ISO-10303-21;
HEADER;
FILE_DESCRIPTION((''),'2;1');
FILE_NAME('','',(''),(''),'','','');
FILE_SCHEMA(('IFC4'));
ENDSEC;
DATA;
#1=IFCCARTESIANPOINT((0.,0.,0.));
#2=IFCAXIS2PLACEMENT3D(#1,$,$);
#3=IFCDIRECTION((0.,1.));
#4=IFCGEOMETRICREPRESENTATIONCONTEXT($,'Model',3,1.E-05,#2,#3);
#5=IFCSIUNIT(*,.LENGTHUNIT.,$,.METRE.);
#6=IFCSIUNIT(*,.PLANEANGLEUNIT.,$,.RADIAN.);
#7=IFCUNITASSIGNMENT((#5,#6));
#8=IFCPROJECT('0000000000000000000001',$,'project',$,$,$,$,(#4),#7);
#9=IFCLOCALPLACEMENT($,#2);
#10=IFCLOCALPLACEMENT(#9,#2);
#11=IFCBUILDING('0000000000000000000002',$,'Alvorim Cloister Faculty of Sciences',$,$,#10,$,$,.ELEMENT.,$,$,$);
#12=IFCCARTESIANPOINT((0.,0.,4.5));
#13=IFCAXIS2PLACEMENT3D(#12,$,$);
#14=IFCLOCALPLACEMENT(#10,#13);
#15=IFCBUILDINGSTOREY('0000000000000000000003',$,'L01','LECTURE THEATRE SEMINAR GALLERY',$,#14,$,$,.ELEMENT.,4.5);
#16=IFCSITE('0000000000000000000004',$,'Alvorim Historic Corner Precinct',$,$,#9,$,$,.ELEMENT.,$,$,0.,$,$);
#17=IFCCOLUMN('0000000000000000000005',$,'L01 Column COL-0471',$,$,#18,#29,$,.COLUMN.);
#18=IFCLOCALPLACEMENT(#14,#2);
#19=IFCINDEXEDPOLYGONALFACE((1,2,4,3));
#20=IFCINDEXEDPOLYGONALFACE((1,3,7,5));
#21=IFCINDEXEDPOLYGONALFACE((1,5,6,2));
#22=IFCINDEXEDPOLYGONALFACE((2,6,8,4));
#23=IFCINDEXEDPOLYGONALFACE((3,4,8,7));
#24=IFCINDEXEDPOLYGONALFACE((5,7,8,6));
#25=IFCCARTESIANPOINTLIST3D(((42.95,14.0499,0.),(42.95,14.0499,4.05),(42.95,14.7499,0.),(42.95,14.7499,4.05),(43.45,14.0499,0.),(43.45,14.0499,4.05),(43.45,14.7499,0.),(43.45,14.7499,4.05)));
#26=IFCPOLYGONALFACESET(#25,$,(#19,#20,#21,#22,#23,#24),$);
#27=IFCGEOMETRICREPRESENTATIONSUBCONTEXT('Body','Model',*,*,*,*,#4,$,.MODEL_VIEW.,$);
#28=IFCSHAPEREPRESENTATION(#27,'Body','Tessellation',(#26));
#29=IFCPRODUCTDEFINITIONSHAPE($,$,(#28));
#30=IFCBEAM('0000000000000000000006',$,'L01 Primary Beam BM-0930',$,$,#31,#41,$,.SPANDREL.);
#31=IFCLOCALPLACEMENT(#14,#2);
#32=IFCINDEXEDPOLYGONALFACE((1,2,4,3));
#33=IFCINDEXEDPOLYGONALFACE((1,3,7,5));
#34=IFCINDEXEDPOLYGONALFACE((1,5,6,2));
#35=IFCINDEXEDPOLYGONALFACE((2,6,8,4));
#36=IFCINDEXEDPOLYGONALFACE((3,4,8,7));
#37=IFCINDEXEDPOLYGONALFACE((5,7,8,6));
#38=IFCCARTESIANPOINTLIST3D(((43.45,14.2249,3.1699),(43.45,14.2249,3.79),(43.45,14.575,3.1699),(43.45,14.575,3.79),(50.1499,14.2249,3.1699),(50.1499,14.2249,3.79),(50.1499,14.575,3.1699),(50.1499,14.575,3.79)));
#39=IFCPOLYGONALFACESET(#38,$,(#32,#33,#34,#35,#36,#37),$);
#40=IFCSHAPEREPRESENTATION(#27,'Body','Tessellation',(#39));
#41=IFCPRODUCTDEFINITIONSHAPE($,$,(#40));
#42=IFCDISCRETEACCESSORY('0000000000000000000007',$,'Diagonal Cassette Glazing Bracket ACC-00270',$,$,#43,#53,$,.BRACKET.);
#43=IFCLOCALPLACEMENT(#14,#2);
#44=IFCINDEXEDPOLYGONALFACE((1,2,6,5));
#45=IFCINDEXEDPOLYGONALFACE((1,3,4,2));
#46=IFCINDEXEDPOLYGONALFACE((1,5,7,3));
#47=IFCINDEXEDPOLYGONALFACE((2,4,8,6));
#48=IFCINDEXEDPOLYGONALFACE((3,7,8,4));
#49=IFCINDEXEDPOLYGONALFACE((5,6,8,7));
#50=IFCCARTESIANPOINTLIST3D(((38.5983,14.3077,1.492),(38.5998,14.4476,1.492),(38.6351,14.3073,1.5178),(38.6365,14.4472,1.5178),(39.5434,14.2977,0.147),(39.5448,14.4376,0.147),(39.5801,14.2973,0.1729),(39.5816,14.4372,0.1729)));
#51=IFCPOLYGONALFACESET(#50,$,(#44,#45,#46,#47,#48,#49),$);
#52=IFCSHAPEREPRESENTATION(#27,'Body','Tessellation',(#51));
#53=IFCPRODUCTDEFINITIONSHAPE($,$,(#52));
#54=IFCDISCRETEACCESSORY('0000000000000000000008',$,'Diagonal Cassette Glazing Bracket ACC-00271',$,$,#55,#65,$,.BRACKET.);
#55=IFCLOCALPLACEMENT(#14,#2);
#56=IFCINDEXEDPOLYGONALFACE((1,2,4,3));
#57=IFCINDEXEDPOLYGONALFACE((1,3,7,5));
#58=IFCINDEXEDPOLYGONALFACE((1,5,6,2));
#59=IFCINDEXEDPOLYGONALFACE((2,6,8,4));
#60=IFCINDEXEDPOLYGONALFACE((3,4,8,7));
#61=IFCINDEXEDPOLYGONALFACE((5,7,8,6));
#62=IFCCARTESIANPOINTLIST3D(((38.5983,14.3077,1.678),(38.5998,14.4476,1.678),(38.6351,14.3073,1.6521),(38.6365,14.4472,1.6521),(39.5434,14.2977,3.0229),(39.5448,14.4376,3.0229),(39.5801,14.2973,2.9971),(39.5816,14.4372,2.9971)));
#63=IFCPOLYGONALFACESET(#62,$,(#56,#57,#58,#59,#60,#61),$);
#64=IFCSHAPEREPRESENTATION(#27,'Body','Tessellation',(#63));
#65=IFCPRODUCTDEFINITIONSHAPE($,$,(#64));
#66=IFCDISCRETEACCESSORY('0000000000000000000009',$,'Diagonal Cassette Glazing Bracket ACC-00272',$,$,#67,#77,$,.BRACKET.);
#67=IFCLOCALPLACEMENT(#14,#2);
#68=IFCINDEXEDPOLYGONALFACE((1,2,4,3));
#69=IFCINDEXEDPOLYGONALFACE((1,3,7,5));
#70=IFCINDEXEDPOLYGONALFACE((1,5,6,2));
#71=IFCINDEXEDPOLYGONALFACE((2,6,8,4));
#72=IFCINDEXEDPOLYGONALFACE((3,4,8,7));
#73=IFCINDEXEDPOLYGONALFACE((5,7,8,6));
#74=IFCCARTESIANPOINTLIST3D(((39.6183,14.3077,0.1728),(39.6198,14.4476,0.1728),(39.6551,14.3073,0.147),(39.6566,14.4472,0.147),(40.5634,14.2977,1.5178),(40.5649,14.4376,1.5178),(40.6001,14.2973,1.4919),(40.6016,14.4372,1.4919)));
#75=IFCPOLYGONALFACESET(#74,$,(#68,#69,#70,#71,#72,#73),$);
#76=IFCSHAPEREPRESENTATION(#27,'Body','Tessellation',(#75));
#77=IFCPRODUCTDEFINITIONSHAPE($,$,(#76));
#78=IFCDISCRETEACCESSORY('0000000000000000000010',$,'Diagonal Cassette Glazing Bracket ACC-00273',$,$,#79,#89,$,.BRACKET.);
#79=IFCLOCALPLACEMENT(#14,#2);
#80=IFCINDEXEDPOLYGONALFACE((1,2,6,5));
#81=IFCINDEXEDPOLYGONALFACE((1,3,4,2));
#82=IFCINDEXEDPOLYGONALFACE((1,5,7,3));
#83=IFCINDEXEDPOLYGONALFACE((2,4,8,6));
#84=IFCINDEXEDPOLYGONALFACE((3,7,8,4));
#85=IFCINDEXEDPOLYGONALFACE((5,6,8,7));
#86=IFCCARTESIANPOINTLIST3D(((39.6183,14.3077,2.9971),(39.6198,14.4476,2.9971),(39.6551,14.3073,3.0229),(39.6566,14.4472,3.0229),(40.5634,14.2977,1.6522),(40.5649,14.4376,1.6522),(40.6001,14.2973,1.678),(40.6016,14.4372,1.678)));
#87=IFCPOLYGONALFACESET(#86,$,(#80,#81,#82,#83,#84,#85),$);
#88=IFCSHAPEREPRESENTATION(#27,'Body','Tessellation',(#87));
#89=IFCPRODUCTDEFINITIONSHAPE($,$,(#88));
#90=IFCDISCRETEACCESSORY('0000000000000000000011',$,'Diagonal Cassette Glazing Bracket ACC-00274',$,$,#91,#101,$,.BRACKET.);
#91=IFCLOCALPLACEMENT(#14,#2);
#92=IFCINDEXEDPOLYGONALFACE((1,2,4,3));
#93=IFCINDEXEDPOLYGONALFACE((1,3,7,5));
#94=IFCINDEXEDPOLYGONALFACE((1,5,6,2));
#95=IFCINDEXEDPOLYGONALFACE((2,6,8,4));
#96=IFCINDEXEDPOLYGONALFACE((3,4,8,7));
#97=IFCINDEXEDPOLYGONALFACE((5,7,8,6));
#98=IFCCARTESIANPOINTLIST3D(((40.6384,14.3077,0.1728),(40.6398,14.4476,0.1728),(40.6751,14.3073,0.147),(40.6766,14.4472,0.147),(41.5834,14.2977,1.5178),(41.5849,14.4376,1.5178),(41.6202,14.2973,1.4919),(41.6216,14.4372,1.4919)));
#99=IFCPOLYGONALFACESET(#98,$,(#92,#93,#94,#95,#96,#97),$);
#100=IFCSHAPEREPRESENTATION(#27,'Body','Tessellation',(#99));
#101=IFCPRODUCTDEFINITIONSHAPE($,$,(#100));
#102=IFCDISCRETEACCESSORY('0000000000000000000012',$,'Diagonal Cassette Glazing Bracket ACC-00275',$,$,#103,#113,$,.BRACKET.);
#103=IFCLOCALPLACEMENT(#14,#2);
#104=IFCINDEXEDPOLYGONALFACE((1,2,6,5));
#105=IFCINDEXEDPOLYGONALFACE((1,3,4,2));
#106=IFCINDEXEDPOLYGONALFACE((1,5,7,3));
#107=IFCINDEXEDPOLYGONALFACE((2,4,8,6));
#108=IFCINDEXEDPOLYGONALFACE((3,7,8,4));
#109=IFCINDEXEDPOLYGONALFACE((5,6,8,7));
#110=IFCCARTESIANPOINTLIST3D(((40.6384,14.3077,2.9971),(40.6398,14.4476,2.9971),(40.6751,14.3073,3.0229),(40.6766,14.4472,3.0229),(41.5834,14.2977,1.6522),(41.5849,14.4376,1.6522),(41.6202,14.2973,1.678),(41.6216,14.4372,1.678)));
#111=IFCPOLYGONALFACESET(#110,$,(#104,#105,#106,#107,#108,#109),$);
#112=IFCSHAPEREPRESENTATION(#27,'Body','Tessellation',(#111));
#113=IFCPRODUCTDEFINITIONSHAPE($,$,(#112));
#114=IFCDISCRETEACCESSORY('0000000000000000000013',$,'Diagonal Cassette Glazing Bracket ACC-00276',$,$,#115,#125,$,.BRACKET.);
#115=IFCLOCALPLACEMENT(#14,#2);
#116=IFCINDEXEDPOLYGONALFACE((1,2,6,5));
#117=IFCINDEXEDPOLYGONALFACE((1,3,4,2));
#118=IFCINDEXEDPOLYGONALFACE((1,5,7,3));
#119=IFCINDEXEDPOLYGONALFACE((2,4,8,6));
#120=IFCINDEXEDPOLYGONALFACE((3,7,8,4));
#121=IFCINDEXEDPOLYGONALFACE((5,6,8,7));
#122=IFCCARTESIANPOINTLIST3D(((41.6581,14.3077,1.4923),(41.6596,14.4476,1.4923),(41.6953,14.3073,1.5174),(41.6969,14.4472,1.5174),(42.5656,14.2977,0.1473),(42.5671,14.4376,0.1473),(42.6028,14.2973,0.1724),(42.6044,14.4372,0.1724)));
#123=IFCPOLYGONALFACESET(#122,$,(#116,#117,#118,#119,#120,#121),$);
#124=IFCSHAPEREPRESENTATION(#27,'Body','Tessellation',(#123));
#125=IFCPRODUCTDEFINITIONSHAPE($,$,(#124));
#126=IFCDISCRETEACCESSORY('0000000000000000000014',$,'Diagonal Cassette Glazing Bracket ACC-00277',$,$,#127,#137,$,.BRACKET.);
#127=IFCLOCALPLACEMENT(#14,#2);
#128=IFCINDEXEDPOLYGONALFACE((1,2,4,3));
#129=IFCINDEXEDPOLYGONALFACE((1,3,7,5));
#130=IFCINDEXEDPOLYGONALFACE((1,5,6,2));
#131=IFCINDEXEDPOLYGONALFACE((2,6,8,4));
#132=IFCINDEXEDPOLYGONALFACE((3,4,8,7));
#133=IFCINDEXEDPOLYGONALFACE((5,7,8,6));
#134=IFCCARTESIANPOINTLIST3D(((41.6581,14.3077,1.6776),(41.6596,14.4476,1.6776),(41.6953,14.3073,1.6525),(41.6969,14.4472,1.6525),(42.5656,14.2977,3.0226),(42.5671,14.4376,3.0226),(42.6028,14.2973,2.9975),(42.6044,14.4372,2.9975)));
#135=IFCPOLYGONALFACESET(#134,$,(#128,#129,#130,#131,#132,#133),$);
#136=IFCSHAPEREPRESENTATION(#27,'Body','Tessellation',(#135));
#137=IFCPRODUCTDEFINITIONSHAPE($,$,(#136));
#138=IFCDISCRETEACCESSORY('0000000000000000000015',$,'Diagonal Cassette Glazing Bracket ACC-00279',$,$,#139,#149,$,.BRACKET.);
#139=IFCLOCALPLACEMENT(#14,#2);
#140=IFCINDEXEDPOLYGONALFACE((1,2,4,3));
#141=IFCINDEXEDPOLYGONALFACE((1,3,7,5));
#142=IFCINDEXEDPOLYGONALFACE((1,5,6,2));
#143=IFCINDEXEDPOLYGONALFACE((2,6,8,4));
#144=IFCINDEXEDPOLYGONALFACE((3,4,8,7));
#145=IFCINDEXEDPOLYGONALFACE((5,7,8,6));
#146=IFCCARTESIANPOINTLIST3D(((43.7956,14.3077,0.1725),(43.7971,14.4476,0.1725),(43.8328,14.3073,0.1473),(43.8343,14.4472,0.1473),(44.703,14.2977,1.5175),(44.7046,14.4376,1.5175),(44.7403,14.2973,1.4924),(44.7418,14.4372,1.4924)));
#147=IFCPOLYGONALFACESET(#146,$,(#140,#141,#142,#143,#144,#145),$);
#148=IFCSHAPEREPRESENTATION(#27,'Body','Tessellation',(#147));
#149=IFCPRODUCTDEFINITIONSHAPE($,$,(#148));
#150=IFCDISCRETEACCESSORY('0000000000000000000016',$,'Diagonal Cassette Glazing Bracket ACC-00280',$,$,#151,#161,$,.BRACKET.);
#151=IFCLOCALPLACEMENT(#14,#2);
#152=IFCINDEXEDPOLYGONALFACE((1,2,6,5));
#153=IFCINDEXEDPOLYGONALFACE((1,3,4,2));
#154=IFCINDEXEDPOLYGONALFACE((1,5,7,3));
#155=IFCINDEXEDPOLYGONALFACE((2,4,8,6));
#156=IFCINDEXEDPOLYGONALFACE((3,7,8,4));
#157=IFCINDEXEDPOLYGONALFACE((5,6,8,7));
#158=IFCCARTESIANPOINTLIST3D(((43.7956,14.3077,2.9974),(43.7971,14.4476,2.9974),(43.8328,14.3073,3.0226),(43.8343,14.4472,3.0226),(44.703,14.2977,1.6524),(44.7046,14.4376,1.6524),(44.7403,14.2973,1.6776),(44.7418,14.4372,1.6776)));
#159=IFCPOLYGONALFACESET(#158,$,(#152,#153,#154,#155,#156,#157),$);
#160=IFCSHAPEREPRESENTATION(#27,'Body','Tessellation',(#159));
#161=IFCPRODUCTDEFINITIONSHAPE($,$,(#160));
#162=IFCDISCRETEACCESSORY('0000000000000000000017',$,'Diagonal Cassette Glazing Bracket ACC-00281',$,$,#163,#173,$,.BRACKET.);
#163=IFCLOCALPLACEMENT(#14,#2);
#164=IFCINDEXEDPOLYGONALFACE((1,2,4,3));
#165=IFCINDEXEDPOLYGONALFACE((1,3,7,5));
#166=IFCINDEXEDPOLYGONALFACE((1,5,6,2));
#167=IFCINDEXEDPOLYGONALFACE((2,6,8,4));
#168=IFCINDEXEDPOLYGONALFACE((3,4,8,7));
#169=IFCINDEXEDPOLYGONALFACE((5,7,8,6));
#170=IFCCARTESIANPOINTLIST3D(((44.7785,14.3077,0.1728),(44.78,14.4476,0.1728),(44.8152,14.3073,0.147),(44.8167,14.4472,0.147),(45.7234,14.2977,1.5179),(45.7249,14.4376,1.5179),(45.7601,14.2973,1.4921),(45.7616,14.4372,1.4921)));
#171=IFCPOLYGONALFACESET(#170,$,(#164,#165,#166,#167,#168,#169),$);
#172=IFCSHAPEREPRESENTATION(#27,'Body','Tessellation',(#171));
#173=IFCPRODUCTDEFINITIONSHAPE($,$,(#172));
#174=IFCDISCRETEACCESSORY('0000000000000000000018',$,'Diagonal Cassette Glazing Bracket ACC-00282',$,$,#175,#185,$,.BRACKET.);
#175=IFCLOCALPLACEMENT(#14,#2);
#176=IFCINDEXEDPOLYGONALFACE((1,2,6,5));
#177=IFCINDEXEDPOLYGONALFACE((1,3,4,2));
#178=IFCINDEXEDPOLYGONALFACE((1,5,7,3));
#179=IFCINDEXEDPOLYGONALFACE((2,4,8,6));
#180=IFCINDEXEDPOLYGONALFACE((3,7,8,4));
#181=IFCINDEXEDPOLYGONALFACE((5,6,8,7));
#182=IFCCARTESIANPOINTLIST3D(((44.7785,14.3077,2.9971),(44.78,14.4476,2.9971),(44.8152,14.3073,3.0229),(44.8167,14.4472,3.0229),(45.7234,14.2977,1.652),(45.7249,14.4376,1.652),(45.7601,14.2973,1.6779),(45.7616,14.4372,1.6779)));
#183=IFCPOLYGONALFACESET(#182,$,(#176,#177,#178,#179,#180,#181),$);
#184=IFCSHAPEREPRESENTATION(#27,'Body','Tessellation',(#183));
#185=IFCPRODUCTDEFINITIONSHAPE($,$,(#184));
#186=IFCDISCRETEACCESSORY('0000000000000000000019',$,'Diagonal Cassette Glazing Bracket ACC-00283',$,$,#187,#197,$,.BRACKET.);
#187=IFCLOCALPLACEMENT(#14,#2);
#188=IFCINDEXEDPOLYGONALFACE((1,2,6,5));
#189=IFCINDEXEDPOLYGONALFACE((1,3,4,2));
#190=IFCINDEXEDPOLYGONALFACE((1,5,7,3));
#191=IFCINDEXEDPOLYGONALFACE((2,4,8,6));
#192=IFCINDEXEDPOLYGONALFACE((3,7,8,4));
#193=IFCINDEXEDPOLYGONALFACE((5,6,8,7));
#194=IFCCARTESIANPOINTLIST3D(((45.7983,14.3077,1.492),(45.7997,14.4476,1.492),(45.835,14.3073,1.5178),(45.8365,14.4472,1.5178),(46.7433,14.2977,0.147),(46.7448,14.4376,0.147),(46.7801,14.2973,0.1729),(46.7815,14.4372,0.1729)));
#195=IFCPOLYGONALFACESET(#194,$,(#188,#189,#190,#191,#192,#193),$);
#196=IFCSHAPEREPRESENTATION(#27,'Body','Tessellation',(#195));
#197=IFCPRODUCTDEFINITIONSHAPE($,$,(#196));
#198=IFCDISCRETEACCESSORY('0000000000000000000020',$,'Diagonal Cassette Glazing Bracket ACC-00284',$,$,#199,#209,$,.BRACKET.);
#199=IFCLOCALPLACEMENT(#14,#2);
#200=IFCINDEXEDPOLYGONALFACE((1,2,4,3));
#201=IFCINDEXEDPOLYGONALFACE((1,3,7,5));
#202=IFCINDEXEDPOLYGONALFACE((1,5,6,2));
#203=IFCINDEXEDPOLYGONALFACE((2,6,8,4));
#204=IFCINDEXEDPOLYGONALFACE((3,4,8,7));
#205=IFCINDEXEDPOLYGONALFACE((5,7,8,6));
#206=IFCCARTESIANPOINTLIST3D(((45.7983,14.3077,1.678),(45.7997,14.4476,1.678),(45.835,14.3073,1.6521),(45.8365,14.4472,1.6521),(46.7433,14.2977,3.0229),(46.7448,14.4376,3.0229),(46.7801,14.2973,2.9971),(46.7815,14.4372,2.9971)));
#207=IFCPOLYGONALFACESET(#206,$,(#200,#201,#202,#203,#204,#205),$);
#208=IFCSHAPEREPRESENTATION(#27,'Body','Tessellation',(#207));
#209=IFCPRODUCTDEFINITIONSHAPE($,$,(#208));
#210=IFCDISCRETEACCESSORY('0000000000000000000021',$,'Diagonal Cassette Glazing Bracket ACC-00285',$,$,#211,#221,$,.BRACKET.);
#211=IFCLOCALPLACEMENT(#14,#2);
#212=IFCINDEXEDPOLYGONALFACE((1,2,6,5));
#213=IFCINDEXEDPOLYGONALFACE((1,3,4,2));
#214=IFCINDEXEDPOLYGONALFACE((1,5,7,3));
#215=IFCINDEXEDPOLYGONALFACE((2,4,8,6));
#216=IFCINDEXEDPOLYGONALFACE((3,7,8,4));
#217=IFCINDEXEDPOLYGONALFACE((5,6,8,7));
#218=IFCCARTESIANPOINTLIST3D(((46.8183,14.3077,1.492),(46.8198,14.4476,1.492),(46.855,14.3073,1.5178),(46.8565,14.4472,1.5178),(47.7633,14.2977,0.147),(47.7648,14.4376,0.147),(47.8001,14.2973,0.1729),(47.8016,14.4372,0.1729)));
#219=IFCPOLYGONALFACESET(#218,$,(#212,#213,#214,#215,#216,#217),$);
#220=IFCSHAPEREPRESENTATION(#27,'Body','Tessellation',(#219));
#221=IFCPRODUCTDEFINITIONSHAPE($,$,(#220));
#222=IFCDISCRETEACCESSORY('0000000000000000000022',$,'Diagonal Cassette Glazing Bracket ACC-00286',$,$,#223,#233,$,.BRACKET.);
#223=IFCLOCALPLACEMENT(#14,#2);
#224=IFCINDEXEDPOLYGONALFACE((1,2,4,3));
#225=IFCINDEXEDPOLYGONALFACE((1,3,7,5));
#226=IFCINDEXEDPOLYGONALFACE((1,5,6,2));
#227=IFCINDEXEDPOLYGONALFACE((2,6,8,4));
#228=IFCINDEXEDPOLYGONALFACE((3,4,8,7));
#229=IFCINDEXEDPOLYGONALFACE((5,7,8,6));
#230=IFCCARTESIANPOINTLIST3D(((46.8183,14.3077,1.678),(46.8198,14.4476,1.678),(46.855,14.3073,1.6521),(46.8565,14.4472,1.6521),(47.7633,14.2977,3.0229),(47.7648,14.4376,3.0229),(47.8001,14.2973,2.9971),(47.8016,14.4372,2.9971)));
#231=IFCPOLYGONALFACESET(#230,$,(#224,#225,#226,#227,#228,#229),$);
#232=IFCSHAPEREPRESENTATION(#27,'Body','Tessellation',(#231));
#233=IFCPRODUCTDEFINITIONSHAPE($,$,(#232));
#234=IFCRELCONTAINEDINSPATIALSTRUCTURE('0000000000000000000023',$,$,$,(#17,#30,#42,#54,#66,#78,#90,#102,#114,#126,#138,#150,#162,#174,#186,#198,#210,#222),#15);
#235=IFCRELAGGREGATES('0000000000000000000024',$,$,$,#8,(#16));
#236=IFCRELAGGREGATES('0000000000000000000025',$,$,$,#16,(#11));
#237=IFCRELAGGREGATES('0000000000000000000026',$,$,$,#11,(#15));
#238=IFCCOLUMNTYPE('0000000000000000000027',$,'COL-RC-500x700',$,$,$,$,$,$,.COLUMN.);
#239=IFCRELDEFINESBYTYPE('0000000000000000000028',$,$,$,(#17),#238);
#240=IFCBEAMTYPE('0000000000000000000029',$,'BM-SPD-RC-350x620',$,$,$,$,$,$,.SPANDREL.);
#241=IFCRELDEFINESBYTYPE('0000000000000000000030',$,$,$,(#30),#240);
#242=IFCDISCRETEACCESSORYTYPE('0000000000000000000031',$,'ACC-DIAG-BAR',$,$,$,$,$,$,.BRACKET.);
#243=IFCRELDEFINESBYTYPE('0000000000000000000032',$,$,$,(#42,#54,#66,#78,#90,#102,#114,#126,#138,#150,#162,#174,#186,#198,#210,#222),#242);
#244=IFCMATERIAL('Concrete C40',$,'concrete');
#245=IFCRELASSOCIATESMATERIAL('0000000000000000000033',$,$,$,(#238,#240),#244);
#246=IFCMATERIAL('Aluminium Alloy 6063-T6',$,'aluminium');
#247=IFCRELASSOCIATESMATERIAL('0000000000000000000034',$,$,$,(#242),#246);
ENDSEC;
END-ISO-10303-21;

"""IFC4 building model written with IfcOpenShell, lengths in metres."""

from ifc_helpers import new_model, si_unit, direction, frame, origin, origin_2d, place, context, subcontext, project, spatial, rectangle, extrude, material, material_profile, profile_set, type_object, element, save


model = new_model("IFC4")

# Units and contexts
model_context = context("Model", 3, precision=1e-05, world=origin(), true_north=direction((0.0, 1.0)))
body_context = subcontext(model_context, "Body", "Model", "MODEL_VIEW")
ifc_project = project(units=[si_unit("LENGTHUNIT", "METRE"), si_unit("PLANEANGLEUNIT", "RADIAN")], contexts=[model_context])

# Site, building, storey
site_placement = place(None, origin())
site = spatial("IfcSite", under=ifc_project, at=site_placement, Name="Alvorim Historic Corner Precinct", CompositionType="ELEMENT", RefElevation=0.0)
building_placement = place(site_placement, origin())
building = spatial("IfcBuilding", under=site, at=building_placement, Name="Alvorim Cloister Faculty of Sciences", CompositionType="ELEMENT")
storey_placement = place(building_placement, frame((0.0, 0.0, 4.5)))
storey = spatial("IfcBuildingStorey", under=building, at=storey_placement, Name="L01", Description="LECTURE THEATRE SEMINAR GALLERY", CompositionType="ELEMENT", Elevation=4.5)

# Column
ifc_material_1 = material(Name="Concrete C40", Category="concrete")
ifc_material_profile_1 = material_profile(ifc_material_1, rectangle(XDim=0.5, YDim=0.7, at=origin_2d()), Name="RC40-COL-500x700")
ifc_profile_set_1 = profile_set([ifc_material_profile_1], Name="Concrete C40")
column_type = type_object("IfcColumnType", Name="COL-RC-500x700", PredefinedType="COLUMN", material=ifc_profile_set_1)
column_placement = place(storey_placement, frame((43.2, 14.3999, 0.0), z_axis=(0.0, 0.0, 1.0), x_axis=(1.0, 0.0, 0.0)))
element("IfcColumn", 1, at=column_placement, inside=storey, type_object=column_type, Name="L01 Column COL-0471", PredefinedType="COLUMN", context=body_context, shape_type="SweptSolid", body=[
    extrude(rectangle(XDim=0.5, YDim=0.7, at=origin_2d()), origin(), (0.0, 0.0, 1.0), 4.05),
])

# Beam
ifc_material_profile_2 = material_profile(ifc_material_1, rectangle(XDim=0.3501, YDim=0.6201, at=origin_2d()), Name="RC40-SPD-350x620")
ifc_profile_set_2 = profile_set([ifc_material_profile_2], Name="Concrete C40")
beam_type = type_object("IfcBeamType", Name="BM-SPD-RC-350x620", PredefinedType="SPANDREL", material=ifc_profile_set_2)
beam_placement = place(storey_placement, frame((43.45, 14.3999, 3.48), z_axis=(1.0, 0.0, 0.0), x_axis=(0.0, 1.0, 0.0)))
element("IfcBeam", 2, at=beam_placement, inside=storey, type_object=beam_type, Name="L01 Primary Beam BM-0930", PredefinedType="SPANDREL", context=body_context, shape_type="SweptSolid", body=[
    extrude(rectangle(XDim=0.3501, YDim=0.6201, at=origin_2d()), origin(), (0.0, 0.0, 1.0), 6.7),
])

# Discrete accessories
ifc_material_2 = material(Name="Aluminium Alloy 6063-T6", Category="aluminium")
discrete_accessory_type = type_object("IfcDiscreteAccessoryType", Name="ACC-DIAG-BAR", PredefinedType="BRACKET", material=ifc_material_2)
for number, where, z_axis, x_axis, name in (
    (3, (38.6174, 14.3774, 1.5049), (0.574916, -0.006089, -0.81819), (0.010591, 0.999944, 0.0), "Diagonal Cassette Glazing Bracket ACC-00270"),
    (4, (38.6174, 14.3774, 1.665), (0.574916, -0.006089, 0.81819), (0.010591, 0.999944, 0.0), "Diagonal Cassette Glazing Bracket ACC-00271"),
    (5, (39.6375, 14.3774, 0.1599), (0.574916, -0.006089, 0.81819), (0.010591, 0.999944, 0.0), "Diagonal Cassette Glazing Bracket ACC-00272"),
    (6, (39.6375, 14.3774, 3.01), (0.574916, -0.006089, -0.81819), (0.010591, 0.999944, 0.0), "Diagonal Cassette Glazing Bracket ACC-00273"),
    (7, (40.6575, 14.3774, 0.1599), (0.574916, -0.006089, 0.81819), (0.010591, 0.999944, 0.0), "Diagonal Cassette Glazing Bracket ACC-00274"),
    (8, (40.6575, 14.3774, 3.01), (0.574916, -0.006089, -0.81819), (0.010591, 0.999944, 0.0), "Diagonal Cassette Glazing Bracket ACC-00275"),
):
    element("IfcDiscreteAccessory", number, at=place(storey_placement, frame(where, z_axis=z_axis, x_axis=x_axis)), inside=storey, type_object=discrete_accessory_type, Name=name, PredefinedType="BRACKET", context=body_context, shape_type="SweptSolid", body=[
        extrude(rectangle(XDim=0.1399, YDim=0.0449, at=origin_2d()), origin(), (0.0, 0.0, 1.0), 1.6438),
    ])
for number, where, z_axis, x_axis, name in (
    (9, (41.6775, 14.3774, 1.5049), (0.559299, -0.006169, -0.828943), (0.01103, 0.999939, 0.0), "Diagonal Cassette Glazing Bracket ACC-00276"),
    (10, (41.6775, 14.3774, 1.665), (0.559299, -0.006169, 0.828943), (0.01103, 0.999939, 0.0), "Diagonal Cassette Glazing Bracket ACC-00277"),
    (11, (43.8149, 14.3774, 0.1599), (0.559299, -0.006169, 0.828943), (0.01103, 0.999939, 0.0), "Diagonal Cassette Glazing Bracket ACC-00279"),
    (12, (43.8149, 14.3774, 3.01), (0.559299, -0.006169, -0.828943), (0.01103, 0.999939, 0.0), "Diagonal Cassette Glazing Bracket ACC-00280"),
):
    element("IfcDiscreteAccessory", number, at=place(storey_placement, frame(where, z_axis=z_axis, x_axis=x_axis)), inside=storey, type_object=discrete_accessory_type, Name=name, PredefinedType="BRACKET", context=body_context, shape_type="SweptSolid", body=[
        extrude(rectangle(XDim=0.1399, YDim=0.0449, at=origin_2d()), origin(), (0.0, 0.0, 1.0), 1.6226),
    ])
for number, where, z_axis, x_axis, name in (
    (13, (44.7976, 14.3774, 0.1599), (0.574817, -0.00609, 0.81826), (0.010594, 0.999944, 0.0), "Diagonal Cassette Glazing Bracket ACC-00281"),
    (14, (44.7976, 14.3774, 3.01), (0.574817, -0.00609, -0.81826), (0.010594, 0.999944, 0.0), "Diagonal Cassette Glazing Bracket ACC-00282"),
    (15, (45.8174, 14.3774, 1.5049), (0.574916, -0.006089, -0.81819), (0.010591, 0.999944, 0.0), "Diagonal Cassette Glazing Bracket ACC-00283"),
    (16, (45.8174, 14.3774, 1.665), (0.574916, -0.006089, 0.81819), (0.010591, 0.999944, 0.0), "Diagonal Cassette Glazing Bracket ACC-00284"),
    (17, (46.8374, 14.3774, 1.5049), (0.574916, -0.006089, -0.81819), (0.010591, 0.999944, 0.0), "Diagonal Cassette Glazing Bracket ACC-00285"),
    (18, (46.8374, 14.3774, 1.665), (0.574916, -0.006089, 0.81819), (0.010591, 0.999944, 0.0), "Diagonal Cassette Glazing Bracket ACC-00286"),
):
    element("IfcDiscreteAccessory", number, at=place(storey_placement, frame(where, z_axis=z_axis, x_axis=x_axis)), inside=storey, type_object=discrete_accessory_type, Name=name, PredefinedType="BRACKET", context=body_context, shape_type="SweptSolid", body=[
        extrude(rectangle(XDim=0.1399, YDim=0.0449, at=origin_2d()), origin(), (0.0, 0.0, 1.0), 1.6438),
    ])

save(model, "model.ifc")
